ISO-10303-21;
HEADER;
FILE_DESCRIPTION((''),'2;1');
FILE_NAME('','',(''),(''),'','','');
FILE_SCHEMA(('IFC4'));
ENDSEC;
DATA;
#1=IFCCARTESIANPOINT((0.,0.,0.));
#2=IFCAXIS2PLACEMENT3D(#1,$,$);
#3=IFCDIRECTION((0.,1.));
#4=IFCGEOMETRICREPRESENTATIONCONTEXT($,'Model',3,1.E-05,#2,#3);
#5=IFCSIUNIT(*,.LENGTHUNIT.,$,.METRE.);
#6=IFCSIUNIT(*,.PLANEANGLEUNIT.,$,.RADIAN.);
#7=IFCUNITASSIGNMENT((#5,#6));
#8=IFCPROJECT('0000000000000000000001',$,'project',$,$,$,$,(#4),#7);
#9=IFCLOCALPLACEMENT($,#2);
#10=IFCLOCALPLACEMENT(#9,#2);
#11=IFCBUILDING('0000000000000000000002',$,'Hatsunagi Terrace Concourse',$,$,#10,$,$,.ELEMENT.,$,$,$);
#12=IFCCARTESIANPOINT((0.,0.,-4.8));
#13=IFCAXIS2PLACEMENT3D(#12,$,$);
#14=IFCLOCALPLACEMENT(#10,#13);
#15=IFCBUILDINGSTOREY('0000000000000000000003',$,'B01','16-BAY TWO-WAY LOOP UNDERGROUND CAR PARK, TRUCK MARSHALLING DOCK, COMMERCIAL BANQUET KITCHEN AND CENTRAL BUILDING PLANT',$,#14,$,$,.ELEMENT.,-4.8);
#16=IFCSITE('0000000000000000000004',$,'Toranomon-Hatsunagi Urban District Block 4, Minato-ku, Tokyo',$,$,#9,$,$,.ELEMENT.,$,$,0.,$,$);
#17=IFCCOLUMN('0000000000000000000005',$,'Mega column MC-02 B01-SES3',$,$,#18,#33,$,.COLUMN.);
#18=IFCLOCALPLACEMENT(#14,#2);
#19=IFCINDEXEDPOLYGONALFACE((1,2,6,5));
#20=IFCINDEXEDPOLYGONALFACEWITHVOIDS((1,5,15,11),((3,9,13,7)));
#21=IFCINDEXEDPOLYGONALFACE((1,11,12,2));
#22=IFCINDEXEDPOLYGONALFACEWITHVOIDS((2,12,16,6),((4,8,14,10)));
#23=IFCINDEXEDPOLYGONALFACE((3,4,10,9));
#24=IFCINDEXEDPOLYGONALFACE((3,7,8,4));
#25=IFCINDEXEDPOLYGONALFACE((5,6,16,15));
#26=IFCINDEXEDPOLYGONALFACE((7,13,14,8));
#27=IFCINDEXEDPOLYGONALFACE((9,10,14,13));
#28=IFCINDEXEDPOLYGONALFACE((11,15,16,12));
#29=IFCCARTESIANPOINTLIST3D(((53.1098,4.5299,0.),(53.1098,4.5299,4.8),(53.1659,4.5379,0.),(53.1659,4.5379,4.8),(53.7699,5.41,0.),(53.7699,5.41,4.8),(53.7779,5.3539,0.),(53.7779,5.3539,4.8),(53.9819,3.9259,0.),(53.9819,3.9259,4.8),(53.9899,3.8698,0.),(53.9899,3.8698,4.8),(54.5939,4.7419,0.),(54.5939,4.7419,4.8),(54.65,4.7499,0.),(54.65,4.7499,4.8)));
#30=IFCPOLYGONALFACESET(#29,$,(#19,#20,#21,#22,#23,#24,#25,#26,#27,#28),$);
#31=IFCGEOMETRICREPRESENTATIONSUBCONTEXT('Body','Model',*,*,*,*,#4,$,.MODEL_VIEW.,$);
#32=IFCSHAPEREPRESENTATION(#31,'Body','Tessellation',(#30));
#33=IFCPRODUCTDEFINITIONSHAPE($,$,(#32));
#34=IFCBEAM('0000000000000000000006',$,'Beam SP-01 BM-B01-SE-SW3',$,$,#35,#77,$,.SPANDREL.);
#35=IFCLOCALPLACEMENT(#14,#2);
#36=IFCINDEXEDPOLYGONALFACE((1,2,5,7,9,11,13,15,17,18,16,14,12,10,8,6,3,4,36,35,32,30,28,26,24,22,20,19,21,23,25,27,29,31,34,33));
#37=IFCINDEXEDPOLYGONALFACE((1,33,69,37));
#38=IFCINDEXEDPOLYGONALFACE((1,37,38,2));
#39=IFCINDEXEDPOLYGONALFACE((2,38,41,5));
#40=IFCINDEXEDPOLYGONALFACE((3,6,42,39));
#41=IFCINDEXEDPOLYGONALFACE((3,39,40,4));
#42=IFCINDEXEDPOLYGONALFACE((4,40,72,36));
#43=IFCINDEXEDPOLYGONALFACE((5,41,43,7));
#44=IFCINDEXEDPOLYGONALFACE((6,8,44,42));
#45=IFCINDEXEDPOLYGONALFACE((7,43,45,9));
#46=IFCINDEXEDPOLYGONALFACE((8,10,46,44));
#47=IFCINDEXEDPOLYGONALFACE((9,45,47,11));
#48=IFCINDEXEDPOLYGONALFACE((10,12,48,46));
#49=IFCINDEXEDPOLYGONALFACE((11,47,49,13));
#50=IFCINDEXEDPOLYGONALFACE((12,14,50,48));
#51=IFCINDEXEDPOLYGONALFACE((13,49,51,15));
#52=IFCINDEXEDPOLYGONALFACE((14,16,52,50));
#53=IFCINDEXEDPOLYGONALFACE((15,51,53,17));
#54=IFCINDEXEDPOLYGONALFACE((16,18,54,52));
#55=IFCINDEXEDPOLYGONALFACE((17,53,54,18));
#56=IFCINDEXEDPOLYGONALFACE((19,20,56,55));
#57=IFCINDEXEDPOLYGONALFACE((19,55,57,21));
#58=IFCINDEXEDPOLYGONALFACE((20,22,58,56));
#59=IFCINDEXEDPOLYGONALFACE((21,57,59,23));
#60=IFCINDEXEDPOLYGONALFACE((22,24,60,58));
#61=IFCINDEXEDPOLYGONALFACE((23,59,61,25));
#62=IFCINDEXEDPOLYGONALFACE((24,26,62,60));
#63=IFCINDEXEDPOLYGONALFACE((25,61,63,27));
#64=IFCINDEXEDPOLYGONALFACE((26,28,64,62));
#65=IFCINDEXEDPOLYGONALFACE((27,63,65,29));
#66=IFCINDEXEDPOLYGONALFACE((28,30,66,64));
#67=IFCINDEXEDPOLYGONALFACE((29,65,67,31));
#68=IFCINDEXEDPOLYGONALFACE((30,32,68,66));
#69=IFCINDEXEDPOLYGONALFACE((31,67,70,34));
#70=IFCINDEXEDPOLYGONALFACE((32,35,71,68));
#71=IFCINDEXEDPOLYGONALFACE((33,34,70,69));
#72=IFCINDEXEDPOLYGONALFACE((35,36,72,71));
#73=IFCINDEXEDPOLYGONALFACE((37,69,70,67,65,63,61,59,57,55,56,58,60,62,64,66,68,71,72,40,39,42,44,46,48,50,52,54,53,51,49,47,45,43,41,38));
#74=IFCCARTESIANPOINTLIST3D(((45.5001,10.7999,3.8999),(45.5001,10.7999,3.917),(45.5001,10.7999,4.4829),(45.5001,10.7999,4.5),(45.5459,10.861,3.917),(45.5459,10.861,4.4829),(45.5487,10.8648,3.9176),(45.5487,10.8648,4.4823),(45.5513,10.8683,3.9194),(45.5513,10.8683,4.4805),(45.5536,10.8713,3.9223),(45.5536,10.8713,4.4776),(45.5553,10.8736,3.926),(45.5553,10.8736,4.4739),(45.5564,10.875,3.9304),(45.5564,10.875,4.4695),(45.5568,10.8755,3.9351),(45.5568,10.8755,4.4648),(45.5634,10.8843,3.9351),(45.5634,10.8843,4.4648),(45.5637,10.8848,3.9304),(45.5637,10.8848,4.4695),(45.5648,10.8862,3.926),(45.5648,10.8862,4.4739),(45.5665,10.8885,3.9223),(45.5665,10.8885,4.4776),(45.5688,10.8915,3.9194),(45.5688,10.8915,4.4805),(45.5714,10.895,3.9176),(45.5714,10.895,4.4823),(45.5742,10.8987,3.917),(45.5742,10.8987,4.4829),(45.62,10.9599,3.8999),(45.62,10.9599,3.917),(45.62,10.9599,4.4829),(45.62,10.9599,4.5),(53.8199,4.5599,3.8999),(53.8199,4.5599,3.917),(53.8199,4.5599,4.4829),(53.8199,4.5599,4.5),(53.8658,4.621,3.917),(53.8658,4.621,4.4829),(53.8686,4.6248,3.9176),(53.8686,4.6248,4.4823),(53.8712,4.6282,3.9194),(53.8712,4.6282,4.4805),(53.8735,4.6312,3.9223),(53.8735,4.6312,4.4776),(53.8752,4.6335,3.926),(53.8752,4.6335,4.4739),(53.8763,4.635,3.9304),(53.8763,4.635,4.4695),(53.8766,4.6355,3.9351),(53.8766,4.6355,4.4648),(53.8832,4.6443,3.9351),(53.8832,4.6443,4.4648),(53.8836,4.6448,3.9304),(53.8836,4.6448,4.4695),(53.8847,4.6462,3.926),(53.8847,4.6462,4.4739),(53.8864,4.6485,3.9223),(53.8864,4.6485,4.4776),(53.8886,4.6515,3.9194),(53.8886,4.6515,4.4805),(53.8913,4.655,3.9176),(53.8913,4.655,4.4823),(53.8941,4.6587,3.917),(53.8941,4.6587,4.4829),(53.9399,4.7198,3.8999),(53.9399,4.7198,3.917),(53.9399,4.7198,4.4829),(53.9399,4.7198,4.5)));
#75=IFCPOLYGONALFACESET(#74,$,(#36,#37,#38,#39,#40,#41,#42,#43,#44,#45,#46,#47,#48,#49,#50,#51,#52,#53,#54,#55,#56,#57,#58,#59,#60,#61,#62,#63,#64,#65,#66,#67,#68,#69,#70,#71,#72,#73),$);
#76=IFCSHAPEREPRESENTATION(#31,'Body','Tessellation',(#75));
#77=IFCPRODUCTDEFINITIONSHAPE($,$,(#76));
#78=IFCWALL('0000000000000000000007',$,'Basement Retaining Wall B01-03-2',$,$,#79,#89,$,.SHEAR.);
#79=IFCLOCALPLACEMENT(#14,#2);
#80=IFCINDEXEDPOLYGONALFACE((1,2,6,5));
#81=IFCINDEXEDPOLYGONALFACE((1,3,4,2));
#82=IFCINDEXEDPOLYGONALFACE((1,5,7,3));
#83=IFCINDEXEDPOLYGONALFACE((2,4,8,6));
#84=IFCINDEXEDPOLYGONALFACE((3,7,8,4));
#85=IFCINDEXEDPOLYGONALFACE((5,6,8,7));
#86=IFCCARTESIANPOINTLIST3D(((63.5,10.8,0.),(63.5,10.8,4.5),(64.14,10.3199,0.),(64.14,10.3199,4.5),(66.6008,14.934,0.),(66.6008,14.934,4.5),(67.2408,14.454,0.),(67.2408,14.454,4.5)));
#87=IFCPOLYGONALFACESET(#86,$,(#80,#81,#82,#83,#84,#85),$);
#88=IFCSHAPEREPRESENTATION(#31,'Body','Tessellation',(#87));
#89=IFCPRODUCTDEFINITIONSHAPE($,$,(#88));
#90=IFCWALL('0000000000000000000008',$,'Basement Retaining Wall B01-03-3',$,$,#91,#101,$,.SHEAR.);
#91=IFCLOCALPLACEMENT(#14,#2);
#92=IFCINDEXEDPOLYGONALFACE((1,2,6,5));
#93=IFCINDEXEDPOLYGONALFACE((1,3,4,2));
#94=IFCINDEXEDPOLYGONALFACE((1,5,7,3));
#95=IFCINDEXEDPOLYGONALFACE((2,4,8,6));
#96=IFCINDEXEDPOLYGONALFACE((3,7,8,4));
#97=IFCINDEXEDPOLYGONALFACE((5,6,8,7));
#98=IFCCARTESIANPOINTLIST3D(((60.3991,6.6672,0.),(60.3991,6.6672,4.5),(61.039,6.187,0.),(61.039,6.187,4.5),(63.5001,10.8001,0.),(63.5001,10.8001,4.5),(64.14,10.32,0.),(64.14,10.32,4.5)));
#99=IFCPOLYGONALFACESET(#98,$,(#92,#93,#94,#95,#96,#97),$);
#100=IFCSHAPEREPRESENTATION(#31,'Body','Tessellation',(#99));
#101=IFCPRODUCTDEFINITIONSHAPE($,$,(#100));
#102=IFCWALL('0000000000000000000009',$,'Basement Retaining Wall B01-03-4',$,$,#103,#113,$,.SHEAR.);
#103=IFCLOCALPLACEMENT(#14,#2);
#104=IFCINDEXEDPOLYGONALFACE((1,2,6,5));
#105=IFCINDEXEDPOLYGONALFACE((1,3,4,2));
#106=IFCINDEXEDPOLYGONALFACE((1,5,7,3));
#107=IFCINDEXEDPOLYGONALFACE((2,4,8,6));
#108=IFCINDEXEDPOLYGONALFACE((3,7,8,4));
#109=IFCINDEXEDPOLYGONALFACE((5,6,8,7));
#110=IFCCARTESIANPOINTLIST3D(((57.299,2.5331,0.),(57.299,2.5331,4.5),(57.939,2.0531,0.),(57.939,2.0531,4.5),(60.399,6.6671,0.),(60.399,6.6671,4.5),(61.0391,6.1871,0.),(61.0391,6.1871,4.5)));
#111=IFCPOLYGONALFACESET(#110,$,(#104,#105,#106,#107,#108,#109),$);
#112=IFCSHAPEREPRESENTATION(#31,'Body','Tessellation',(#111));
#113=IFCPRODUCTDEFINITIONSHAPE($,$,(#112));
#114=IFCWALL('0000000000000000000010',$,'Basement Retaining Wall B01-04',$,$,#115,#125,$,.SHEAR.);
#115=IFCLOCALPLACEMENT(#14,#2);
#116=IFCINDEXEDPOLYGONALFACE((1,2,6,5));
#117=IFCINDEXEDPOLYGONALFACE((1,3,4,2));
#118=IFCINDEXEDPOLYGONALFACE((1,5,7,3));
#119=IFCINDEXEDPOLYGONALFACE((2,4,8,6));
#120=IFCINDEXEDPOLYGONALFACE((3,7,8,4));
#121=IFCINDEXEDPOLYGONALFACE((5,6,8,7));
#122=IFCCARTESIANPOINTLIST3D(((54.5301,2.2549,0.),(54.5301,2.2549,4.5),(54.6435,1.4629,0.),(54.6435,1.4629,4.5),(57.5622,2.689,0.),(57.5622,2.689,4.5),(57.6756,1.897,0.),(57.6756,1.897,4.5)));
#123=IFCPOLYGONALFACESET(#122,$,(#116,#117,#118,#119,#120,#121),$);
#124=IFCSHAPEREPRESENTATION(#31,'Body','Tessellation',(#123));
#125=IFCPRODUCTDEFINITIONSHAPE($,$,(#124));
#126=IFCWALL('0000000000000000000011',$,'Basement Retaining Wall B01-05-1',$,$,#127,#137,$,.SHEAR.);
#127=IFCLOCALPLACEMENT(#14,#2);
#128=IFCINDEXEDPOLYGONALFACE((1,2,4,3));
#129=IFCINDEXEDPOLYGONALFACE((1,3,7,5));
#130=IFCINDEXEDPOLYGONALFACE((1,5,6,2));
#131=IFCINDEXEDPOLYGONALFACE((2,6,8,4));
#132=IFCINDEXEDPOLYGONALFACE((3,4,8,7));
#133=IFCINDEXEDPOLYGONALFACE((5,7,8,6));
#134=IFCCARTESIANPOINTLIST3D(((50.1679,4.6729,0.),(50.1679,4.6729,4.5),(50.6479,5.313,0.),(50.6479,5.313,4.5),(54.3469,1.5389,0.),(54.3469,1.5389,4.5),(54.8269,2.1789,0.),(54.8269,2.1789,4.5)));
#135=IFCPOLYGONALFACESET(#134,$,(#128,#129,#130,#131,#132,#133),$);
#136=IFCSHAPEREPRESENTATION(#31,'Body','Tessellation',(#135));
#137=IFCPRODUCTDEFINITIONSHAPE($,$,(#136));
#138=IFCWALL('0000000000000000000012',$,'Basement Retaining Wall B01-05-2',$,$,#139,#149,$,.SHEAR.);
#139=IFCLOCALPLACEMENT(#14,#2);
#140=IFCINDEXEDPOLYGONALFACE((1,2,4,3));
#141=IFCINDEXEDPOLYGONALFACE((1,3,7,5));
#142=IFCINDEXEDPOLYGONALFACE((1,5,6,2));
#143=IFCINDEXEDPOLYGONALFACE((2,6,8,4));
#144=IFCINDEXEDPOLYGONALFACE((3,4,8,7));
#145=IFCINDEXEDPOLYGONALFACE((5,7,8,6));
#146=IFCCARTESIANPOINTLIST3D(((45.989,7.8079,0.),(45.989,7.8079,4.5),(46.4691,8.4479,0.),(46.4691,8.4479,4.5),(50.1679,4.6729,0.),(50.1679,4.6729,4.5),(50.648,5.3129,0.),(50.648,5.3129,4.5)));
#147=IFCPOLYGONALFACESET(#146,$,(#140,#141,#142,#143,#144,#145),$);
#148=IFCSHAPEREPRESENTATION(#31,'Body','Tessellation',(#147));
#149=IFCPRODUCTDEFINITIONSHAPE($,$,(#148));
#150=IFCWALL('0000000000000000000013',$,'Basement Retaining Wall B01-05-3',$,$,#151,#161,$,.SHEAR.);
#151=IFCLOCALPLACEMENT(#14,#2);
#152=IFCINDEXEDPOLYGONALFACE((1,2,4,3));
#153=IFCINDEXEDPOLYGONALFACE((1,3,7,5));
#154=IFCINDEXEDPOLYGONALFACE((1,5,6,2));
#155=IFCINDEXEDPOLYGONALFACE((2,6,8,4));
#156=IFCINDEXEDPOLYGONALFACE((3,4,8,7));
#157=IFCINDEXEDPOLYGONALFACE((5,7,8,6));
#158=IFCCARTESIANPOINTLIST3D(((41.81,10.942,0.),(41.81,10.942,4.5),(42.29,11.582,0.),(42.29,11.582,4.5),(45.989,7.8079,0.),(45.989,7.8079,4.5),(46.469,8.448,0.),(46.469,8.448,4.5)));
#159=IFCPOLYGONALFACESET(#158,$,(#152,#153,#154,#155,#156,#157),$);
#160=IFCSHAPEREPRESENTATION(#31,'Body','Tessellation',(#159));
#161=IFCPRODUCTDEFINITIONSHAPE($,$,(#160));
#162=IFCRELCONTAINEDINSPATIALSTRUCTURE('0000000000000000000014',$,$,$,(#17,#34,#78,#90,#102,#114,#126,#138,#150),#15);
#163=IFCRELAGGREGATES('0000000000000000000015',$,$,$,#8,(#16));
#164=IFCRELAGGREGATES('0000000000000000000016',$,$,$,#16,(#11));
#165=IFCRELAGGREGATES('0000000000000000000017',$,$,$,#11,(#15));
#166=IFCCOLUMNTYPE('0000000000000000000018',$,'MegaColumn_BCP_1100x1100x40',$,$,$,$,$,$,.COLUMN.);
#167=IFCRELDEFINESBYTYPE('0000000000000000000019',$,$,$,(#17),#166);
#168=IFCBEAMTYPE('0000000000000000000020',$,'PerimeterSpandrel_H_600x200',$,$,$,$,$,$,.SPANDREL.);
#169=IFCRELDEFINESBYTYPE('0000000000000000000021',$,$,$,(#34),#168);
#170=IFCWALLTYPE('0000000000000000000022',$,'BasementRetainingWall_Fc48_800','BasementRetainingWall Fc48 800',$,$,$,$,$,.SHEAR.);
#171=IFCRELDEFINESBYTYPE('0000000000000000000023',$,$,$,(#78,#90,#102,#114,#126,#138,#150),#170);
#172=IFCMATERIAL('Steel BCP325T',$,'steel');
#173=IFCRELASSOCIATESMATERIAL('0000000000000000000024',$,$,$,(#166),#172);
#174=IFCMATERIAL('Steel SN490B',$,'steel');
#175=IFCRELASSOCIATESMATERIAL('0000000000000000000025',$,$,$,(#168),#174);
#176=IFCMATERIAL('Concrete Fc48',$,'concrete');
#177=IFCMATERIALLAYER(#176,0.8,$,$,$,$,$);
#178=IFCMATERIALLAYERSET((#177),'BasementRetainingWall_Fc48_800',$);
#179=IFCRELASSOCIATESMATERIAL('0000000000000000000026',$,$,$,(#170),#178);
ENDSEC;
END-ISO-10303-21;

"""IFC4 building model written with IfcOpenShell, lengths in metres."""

from ifc_helpers import new_model, si_unit, direction, frame, frame_2d, origin, origin_2d, place, context, subcontext, project, spatial, rectangle, hollow_rectangle, i_section, extrude, material, layer, layer_set, material_profile, profile_set, type_object, element, save


model = new_model("IFC4")

# Units and contexts
model_context = context("Model", 3, precision=1e-05, world=origin(), true_north=direction((0.0, 1.0)))
body_context = subcontext(model_context, "Body", "Model", "MODEL_VIEW")
ifc_project = project(units=[si_unit("LENGTHUNIT", "METRE"), si_unit("PLANEANGLEUNIT", "RADIAN")], contexts=[model_context])

# Site, building, storey
site_placement = place(None, origin())
site = spatial("IfcSite", under=ifc_project, at=site_placement, Name="Toranomon-Hatsunagi Urban District Block 4, Minato-ku, Tokyo", CompositionType="ELEMENT", RefElevation=0.0)
building_placement = place(site_placement, origin())
building = spatial("IfcBuilding", under=site, at=building_placement, Name="Hatsunagi Terrace Concourse", CompositionType="ELEMENT")
storey_placement = place(building_placement, frame((0.0, 0.0, -4.8)))
storey = spatial("IfcBuildingStorey", under=building, at=storey_placement, Name="B01", Description="16-BAY TWO-WAY LOOP UNDERGROUND CAR PARK, TRUCK MARSHALLING DOCK, COMMERCIAL BANQUET KITCHEN AND CENTRAL BUILDING PLANT", CompositionType="ELEMENT", Elevation=-4.8)

# Column
ifc_material_1 = material(Name="Steel BCP325T", Category="steel")
ifc_material_profile_1 = material_profile(ifc_material_1, hollow_rectangle(XDim=1.1001, YDim=1.1001, WallThickness=0.04, at=origin_2d()), Name="BCP-1100x1100x40")
ifc_profile_set_1 = profile_set([ifc_material_profile_1], Name="Steel BCP325T")
column_type = type_object("IfcColumnType", Name="MegaColumn_BCP_1100x1100x40", PredefinedType="COLUMN", material=ifc_profile_set_1)
column_placement = place(storey_placement, frame((53.8799, 4.6399, 0.0), z_axis=(0.0, 0.0, 1.0), x_axis=(0.8, -0.6, 0.0)))
element("IfcColumn", 1, at=column_placement, inside=storey, type_object=column_type, Name="Mega column MC-02 B01-SES3", PredefinedType="COLUMN", context=body_context, shape_type="SweptSolid", body=[
    extrude(hollow_rectangle(XDim=1.1001, YDim=1.1001, WallThickness=0.04, at=origin_2d()), origin(), (0.0, 0.0, 1.0), 4.8),
])

# Beam
ifc_material_2 = material(Name="Steel SN490B", Category="steel")
ifc_material_profile_2 = material_profile(ifc_material_2, i_section(OverallWidth=0.2, OverallDepth=0.6001, WebThickness=0.011, FlangeThickness=0.0171, FilletRadius=0.0181, at=origin_2d()), Name="H-600x200x11x17")
ifc_profile_set_2 = profile_set([ifc_material_profile_2], Name="Steel SN490B")
beam_type = type_object("IfcBeamType", Name="PerimeterSpandrel_H_600x200", PredefinedType="SPANDREL", material=ifc_profile_set_2)
beam_placement = place(storey_placement, frame((45.5601, 10.8799, 4.2), z_axis=(0.799994, -0.600008, 0.0), x_axis=(0.600008, 0.799994, 0.0)))
element("IfcBeam", 2, at=beam_placement, inside=storey, type_object=beam_type, Name="Beam SP-01 BM-B01-SE-SW3", PredefinedType="SPANDREL", context=body_context, shape_type="SweptSolid", body=[
    extrude(i_section(OverallWidth=0.2, OverallDepth=0.6001, WebThickness=0.011, FlangeThickness=0.0171, FilletRadius=0.0181, at=origin_2d()), origin(), (0.0, 0.0, 1.0), 10.3999),
])

# Walls
ifc_material_3 = material(Name="Concrete Fc48", Category="concrete")
ifc_layer_1 = layer(ifc_material_3, 0.8)
ifc_layer_set_1 = layer_set([ifc_layer_1], Name="BasementRetainingWall_Fc48_800")
wall_type_1 = type_object("IfcWallType", Name="BasementRetainingWall_Fc48_800", Description="BasementRetainingWall Fc48 800", PredefinedType="SHEAR", material=ifc_layer_set_1)
wall_1_placement = place(storey_placement, frame((66.9209, 14.6941, 0.0), z_axis=(0.0, 0.0, 1.0), x_axis=(-0.600038, -0.799972, 0.0)))
element("IfcWall", 3, at=wall_1_placement, inside=storey, type_object=wall_type_1, Name="Basement Retaining Wall B01-03-2", PredefinedType="SHEAR", context=body_context, shape_type="SweptSolid", body=[
    extrude(rectangle(XDim=5.1677, YDim=0.8, at=frame_2d((2.584, 0.0))), origin(), (0.0, 0.0, 1.0), 4.5),
])
wall_2_placement = place(storey_placement, frame((63.8201, 10.5601, 0.0), z_axis=(0.0, 0.0, 1.0), x_axis=(-0.600159, -0.799881, 0.0)))
element("IfcWall", 4, at=wall_2_placement, inside=storey, type_object=wall_type_1, Name="Basement Retaining Wall B01-03-3", PredefinedType="SHEAR", context=body_context, shape_type="SweptSolid", body=[
    extrude(rectangle(XDim=5.167, YDim=0.8, at=frame_2d((2.5835, 0.0))), origin(), (0.0, 0.0, 1.0), 4.5),
])
wall_3_placement = place(storey_placement, frame((60.719, 6.427, 0.0), z_axis=(0.0, 0.0, 1.0), x_axis=(-0.599947, -0.80004, 0.0)))
element("IfcWall", 5, at=wall_3_placement, inside=storey, type_object=wall_type_1, Name="Basement Retaining Wall B01-03-4", PredefinedType="SHEAR", context=body_context, shape_type="SweptSolid", body=[
    extrude(rectangle(XDim=5.1672, YDim=0.8, at=frame_2d((2.5835, 0.0))), origin(), (0.0, 0.0, 1.0), 4.5),
])
wall_4_placement = place(storey_placement, frame((57.6189, 2.293, 0.0), z_axis=(0.0, 0.0, 1.0), x_axis=(-0.989906, -0.141723, 0.0)))
element("IfcWall", 6, at=wall_4_placement, inside=storey, type_object=wall_type_1, Name="Basement Retaining Wall B01-04", PredefinedType="SHEAR", context=body_context, shape_type="SweptSolid", body=[
    extrude(rectangle(XDim=3.063, YDim=0.8, at=frame_2d((1.5315, 0.0))), origin(), (0.0, 0.0, 1.0), 4.5),
])
wall_5_placement = place(storey_placement, frame((54.5869, 1.8589, 0.0), z_axis=(0.0, 0.0, 1.0), x_axis=(-0.800017, 0.599978, 0.0)))
element("IfcWall", 7, at=wall_5_placement, inside=storey, type_object=wall_type_1, Name="Basement Retaining Wall B01-05-1", PredefinedType="SHEAR", context=body_context, shape_type="SweptSolid", body=[
    extrude(rectangle(XDim=5.2236, YDim=0.8, at=frame_2d((2.6118, 0.0))), origin(), (0.0, 0.0, 1.0), 4.5),
])
wall_6_placement = place(storey_placement, frame((50.408, 4.9929, 0.0), z_axis=(0.0, 0.0, 1.0), x_axis=(-0.799927, 0.600097, 0.0)))
element("IfcWall", 8, at=wall_6_placement, inside=storey, type_object=wall_type_1, Name="Basement Retaining Wall B01-05-2", PredefinedType="SHEAR", context=body_context, shape_type="SweptSolid", body=[
    extrude(rectangle(XDim=5.2241, YDim=0.8, at=frame_2d((2.6121, 0.0))), origin(), (0.0, 0.0, 1.0), 4.5),
])
wall_7_placement = place(storey_placement, frame((46.229, 8.1279, 0.0), z_axis=(0.0, 0.0, 1.0), x_axis=(-0.800017, 0.599978, 0.0)))
element("IfcWall", 9, at=wall_7_placement, inside=storey, type_object=wall_type_1, Name="Basement Retaining Wall B01-05-3", PredefinedType="SHEAR", context=body_context, shape_type="SweptSolid", body=[
    extrude(rectangle(XDim=5.2236, YDim=0.8, at=frame_2d((2.6118, 0.0))), origin(), (0.0, 0.0, 1.0), 4.5),
])

save(model, "model.ifc")
